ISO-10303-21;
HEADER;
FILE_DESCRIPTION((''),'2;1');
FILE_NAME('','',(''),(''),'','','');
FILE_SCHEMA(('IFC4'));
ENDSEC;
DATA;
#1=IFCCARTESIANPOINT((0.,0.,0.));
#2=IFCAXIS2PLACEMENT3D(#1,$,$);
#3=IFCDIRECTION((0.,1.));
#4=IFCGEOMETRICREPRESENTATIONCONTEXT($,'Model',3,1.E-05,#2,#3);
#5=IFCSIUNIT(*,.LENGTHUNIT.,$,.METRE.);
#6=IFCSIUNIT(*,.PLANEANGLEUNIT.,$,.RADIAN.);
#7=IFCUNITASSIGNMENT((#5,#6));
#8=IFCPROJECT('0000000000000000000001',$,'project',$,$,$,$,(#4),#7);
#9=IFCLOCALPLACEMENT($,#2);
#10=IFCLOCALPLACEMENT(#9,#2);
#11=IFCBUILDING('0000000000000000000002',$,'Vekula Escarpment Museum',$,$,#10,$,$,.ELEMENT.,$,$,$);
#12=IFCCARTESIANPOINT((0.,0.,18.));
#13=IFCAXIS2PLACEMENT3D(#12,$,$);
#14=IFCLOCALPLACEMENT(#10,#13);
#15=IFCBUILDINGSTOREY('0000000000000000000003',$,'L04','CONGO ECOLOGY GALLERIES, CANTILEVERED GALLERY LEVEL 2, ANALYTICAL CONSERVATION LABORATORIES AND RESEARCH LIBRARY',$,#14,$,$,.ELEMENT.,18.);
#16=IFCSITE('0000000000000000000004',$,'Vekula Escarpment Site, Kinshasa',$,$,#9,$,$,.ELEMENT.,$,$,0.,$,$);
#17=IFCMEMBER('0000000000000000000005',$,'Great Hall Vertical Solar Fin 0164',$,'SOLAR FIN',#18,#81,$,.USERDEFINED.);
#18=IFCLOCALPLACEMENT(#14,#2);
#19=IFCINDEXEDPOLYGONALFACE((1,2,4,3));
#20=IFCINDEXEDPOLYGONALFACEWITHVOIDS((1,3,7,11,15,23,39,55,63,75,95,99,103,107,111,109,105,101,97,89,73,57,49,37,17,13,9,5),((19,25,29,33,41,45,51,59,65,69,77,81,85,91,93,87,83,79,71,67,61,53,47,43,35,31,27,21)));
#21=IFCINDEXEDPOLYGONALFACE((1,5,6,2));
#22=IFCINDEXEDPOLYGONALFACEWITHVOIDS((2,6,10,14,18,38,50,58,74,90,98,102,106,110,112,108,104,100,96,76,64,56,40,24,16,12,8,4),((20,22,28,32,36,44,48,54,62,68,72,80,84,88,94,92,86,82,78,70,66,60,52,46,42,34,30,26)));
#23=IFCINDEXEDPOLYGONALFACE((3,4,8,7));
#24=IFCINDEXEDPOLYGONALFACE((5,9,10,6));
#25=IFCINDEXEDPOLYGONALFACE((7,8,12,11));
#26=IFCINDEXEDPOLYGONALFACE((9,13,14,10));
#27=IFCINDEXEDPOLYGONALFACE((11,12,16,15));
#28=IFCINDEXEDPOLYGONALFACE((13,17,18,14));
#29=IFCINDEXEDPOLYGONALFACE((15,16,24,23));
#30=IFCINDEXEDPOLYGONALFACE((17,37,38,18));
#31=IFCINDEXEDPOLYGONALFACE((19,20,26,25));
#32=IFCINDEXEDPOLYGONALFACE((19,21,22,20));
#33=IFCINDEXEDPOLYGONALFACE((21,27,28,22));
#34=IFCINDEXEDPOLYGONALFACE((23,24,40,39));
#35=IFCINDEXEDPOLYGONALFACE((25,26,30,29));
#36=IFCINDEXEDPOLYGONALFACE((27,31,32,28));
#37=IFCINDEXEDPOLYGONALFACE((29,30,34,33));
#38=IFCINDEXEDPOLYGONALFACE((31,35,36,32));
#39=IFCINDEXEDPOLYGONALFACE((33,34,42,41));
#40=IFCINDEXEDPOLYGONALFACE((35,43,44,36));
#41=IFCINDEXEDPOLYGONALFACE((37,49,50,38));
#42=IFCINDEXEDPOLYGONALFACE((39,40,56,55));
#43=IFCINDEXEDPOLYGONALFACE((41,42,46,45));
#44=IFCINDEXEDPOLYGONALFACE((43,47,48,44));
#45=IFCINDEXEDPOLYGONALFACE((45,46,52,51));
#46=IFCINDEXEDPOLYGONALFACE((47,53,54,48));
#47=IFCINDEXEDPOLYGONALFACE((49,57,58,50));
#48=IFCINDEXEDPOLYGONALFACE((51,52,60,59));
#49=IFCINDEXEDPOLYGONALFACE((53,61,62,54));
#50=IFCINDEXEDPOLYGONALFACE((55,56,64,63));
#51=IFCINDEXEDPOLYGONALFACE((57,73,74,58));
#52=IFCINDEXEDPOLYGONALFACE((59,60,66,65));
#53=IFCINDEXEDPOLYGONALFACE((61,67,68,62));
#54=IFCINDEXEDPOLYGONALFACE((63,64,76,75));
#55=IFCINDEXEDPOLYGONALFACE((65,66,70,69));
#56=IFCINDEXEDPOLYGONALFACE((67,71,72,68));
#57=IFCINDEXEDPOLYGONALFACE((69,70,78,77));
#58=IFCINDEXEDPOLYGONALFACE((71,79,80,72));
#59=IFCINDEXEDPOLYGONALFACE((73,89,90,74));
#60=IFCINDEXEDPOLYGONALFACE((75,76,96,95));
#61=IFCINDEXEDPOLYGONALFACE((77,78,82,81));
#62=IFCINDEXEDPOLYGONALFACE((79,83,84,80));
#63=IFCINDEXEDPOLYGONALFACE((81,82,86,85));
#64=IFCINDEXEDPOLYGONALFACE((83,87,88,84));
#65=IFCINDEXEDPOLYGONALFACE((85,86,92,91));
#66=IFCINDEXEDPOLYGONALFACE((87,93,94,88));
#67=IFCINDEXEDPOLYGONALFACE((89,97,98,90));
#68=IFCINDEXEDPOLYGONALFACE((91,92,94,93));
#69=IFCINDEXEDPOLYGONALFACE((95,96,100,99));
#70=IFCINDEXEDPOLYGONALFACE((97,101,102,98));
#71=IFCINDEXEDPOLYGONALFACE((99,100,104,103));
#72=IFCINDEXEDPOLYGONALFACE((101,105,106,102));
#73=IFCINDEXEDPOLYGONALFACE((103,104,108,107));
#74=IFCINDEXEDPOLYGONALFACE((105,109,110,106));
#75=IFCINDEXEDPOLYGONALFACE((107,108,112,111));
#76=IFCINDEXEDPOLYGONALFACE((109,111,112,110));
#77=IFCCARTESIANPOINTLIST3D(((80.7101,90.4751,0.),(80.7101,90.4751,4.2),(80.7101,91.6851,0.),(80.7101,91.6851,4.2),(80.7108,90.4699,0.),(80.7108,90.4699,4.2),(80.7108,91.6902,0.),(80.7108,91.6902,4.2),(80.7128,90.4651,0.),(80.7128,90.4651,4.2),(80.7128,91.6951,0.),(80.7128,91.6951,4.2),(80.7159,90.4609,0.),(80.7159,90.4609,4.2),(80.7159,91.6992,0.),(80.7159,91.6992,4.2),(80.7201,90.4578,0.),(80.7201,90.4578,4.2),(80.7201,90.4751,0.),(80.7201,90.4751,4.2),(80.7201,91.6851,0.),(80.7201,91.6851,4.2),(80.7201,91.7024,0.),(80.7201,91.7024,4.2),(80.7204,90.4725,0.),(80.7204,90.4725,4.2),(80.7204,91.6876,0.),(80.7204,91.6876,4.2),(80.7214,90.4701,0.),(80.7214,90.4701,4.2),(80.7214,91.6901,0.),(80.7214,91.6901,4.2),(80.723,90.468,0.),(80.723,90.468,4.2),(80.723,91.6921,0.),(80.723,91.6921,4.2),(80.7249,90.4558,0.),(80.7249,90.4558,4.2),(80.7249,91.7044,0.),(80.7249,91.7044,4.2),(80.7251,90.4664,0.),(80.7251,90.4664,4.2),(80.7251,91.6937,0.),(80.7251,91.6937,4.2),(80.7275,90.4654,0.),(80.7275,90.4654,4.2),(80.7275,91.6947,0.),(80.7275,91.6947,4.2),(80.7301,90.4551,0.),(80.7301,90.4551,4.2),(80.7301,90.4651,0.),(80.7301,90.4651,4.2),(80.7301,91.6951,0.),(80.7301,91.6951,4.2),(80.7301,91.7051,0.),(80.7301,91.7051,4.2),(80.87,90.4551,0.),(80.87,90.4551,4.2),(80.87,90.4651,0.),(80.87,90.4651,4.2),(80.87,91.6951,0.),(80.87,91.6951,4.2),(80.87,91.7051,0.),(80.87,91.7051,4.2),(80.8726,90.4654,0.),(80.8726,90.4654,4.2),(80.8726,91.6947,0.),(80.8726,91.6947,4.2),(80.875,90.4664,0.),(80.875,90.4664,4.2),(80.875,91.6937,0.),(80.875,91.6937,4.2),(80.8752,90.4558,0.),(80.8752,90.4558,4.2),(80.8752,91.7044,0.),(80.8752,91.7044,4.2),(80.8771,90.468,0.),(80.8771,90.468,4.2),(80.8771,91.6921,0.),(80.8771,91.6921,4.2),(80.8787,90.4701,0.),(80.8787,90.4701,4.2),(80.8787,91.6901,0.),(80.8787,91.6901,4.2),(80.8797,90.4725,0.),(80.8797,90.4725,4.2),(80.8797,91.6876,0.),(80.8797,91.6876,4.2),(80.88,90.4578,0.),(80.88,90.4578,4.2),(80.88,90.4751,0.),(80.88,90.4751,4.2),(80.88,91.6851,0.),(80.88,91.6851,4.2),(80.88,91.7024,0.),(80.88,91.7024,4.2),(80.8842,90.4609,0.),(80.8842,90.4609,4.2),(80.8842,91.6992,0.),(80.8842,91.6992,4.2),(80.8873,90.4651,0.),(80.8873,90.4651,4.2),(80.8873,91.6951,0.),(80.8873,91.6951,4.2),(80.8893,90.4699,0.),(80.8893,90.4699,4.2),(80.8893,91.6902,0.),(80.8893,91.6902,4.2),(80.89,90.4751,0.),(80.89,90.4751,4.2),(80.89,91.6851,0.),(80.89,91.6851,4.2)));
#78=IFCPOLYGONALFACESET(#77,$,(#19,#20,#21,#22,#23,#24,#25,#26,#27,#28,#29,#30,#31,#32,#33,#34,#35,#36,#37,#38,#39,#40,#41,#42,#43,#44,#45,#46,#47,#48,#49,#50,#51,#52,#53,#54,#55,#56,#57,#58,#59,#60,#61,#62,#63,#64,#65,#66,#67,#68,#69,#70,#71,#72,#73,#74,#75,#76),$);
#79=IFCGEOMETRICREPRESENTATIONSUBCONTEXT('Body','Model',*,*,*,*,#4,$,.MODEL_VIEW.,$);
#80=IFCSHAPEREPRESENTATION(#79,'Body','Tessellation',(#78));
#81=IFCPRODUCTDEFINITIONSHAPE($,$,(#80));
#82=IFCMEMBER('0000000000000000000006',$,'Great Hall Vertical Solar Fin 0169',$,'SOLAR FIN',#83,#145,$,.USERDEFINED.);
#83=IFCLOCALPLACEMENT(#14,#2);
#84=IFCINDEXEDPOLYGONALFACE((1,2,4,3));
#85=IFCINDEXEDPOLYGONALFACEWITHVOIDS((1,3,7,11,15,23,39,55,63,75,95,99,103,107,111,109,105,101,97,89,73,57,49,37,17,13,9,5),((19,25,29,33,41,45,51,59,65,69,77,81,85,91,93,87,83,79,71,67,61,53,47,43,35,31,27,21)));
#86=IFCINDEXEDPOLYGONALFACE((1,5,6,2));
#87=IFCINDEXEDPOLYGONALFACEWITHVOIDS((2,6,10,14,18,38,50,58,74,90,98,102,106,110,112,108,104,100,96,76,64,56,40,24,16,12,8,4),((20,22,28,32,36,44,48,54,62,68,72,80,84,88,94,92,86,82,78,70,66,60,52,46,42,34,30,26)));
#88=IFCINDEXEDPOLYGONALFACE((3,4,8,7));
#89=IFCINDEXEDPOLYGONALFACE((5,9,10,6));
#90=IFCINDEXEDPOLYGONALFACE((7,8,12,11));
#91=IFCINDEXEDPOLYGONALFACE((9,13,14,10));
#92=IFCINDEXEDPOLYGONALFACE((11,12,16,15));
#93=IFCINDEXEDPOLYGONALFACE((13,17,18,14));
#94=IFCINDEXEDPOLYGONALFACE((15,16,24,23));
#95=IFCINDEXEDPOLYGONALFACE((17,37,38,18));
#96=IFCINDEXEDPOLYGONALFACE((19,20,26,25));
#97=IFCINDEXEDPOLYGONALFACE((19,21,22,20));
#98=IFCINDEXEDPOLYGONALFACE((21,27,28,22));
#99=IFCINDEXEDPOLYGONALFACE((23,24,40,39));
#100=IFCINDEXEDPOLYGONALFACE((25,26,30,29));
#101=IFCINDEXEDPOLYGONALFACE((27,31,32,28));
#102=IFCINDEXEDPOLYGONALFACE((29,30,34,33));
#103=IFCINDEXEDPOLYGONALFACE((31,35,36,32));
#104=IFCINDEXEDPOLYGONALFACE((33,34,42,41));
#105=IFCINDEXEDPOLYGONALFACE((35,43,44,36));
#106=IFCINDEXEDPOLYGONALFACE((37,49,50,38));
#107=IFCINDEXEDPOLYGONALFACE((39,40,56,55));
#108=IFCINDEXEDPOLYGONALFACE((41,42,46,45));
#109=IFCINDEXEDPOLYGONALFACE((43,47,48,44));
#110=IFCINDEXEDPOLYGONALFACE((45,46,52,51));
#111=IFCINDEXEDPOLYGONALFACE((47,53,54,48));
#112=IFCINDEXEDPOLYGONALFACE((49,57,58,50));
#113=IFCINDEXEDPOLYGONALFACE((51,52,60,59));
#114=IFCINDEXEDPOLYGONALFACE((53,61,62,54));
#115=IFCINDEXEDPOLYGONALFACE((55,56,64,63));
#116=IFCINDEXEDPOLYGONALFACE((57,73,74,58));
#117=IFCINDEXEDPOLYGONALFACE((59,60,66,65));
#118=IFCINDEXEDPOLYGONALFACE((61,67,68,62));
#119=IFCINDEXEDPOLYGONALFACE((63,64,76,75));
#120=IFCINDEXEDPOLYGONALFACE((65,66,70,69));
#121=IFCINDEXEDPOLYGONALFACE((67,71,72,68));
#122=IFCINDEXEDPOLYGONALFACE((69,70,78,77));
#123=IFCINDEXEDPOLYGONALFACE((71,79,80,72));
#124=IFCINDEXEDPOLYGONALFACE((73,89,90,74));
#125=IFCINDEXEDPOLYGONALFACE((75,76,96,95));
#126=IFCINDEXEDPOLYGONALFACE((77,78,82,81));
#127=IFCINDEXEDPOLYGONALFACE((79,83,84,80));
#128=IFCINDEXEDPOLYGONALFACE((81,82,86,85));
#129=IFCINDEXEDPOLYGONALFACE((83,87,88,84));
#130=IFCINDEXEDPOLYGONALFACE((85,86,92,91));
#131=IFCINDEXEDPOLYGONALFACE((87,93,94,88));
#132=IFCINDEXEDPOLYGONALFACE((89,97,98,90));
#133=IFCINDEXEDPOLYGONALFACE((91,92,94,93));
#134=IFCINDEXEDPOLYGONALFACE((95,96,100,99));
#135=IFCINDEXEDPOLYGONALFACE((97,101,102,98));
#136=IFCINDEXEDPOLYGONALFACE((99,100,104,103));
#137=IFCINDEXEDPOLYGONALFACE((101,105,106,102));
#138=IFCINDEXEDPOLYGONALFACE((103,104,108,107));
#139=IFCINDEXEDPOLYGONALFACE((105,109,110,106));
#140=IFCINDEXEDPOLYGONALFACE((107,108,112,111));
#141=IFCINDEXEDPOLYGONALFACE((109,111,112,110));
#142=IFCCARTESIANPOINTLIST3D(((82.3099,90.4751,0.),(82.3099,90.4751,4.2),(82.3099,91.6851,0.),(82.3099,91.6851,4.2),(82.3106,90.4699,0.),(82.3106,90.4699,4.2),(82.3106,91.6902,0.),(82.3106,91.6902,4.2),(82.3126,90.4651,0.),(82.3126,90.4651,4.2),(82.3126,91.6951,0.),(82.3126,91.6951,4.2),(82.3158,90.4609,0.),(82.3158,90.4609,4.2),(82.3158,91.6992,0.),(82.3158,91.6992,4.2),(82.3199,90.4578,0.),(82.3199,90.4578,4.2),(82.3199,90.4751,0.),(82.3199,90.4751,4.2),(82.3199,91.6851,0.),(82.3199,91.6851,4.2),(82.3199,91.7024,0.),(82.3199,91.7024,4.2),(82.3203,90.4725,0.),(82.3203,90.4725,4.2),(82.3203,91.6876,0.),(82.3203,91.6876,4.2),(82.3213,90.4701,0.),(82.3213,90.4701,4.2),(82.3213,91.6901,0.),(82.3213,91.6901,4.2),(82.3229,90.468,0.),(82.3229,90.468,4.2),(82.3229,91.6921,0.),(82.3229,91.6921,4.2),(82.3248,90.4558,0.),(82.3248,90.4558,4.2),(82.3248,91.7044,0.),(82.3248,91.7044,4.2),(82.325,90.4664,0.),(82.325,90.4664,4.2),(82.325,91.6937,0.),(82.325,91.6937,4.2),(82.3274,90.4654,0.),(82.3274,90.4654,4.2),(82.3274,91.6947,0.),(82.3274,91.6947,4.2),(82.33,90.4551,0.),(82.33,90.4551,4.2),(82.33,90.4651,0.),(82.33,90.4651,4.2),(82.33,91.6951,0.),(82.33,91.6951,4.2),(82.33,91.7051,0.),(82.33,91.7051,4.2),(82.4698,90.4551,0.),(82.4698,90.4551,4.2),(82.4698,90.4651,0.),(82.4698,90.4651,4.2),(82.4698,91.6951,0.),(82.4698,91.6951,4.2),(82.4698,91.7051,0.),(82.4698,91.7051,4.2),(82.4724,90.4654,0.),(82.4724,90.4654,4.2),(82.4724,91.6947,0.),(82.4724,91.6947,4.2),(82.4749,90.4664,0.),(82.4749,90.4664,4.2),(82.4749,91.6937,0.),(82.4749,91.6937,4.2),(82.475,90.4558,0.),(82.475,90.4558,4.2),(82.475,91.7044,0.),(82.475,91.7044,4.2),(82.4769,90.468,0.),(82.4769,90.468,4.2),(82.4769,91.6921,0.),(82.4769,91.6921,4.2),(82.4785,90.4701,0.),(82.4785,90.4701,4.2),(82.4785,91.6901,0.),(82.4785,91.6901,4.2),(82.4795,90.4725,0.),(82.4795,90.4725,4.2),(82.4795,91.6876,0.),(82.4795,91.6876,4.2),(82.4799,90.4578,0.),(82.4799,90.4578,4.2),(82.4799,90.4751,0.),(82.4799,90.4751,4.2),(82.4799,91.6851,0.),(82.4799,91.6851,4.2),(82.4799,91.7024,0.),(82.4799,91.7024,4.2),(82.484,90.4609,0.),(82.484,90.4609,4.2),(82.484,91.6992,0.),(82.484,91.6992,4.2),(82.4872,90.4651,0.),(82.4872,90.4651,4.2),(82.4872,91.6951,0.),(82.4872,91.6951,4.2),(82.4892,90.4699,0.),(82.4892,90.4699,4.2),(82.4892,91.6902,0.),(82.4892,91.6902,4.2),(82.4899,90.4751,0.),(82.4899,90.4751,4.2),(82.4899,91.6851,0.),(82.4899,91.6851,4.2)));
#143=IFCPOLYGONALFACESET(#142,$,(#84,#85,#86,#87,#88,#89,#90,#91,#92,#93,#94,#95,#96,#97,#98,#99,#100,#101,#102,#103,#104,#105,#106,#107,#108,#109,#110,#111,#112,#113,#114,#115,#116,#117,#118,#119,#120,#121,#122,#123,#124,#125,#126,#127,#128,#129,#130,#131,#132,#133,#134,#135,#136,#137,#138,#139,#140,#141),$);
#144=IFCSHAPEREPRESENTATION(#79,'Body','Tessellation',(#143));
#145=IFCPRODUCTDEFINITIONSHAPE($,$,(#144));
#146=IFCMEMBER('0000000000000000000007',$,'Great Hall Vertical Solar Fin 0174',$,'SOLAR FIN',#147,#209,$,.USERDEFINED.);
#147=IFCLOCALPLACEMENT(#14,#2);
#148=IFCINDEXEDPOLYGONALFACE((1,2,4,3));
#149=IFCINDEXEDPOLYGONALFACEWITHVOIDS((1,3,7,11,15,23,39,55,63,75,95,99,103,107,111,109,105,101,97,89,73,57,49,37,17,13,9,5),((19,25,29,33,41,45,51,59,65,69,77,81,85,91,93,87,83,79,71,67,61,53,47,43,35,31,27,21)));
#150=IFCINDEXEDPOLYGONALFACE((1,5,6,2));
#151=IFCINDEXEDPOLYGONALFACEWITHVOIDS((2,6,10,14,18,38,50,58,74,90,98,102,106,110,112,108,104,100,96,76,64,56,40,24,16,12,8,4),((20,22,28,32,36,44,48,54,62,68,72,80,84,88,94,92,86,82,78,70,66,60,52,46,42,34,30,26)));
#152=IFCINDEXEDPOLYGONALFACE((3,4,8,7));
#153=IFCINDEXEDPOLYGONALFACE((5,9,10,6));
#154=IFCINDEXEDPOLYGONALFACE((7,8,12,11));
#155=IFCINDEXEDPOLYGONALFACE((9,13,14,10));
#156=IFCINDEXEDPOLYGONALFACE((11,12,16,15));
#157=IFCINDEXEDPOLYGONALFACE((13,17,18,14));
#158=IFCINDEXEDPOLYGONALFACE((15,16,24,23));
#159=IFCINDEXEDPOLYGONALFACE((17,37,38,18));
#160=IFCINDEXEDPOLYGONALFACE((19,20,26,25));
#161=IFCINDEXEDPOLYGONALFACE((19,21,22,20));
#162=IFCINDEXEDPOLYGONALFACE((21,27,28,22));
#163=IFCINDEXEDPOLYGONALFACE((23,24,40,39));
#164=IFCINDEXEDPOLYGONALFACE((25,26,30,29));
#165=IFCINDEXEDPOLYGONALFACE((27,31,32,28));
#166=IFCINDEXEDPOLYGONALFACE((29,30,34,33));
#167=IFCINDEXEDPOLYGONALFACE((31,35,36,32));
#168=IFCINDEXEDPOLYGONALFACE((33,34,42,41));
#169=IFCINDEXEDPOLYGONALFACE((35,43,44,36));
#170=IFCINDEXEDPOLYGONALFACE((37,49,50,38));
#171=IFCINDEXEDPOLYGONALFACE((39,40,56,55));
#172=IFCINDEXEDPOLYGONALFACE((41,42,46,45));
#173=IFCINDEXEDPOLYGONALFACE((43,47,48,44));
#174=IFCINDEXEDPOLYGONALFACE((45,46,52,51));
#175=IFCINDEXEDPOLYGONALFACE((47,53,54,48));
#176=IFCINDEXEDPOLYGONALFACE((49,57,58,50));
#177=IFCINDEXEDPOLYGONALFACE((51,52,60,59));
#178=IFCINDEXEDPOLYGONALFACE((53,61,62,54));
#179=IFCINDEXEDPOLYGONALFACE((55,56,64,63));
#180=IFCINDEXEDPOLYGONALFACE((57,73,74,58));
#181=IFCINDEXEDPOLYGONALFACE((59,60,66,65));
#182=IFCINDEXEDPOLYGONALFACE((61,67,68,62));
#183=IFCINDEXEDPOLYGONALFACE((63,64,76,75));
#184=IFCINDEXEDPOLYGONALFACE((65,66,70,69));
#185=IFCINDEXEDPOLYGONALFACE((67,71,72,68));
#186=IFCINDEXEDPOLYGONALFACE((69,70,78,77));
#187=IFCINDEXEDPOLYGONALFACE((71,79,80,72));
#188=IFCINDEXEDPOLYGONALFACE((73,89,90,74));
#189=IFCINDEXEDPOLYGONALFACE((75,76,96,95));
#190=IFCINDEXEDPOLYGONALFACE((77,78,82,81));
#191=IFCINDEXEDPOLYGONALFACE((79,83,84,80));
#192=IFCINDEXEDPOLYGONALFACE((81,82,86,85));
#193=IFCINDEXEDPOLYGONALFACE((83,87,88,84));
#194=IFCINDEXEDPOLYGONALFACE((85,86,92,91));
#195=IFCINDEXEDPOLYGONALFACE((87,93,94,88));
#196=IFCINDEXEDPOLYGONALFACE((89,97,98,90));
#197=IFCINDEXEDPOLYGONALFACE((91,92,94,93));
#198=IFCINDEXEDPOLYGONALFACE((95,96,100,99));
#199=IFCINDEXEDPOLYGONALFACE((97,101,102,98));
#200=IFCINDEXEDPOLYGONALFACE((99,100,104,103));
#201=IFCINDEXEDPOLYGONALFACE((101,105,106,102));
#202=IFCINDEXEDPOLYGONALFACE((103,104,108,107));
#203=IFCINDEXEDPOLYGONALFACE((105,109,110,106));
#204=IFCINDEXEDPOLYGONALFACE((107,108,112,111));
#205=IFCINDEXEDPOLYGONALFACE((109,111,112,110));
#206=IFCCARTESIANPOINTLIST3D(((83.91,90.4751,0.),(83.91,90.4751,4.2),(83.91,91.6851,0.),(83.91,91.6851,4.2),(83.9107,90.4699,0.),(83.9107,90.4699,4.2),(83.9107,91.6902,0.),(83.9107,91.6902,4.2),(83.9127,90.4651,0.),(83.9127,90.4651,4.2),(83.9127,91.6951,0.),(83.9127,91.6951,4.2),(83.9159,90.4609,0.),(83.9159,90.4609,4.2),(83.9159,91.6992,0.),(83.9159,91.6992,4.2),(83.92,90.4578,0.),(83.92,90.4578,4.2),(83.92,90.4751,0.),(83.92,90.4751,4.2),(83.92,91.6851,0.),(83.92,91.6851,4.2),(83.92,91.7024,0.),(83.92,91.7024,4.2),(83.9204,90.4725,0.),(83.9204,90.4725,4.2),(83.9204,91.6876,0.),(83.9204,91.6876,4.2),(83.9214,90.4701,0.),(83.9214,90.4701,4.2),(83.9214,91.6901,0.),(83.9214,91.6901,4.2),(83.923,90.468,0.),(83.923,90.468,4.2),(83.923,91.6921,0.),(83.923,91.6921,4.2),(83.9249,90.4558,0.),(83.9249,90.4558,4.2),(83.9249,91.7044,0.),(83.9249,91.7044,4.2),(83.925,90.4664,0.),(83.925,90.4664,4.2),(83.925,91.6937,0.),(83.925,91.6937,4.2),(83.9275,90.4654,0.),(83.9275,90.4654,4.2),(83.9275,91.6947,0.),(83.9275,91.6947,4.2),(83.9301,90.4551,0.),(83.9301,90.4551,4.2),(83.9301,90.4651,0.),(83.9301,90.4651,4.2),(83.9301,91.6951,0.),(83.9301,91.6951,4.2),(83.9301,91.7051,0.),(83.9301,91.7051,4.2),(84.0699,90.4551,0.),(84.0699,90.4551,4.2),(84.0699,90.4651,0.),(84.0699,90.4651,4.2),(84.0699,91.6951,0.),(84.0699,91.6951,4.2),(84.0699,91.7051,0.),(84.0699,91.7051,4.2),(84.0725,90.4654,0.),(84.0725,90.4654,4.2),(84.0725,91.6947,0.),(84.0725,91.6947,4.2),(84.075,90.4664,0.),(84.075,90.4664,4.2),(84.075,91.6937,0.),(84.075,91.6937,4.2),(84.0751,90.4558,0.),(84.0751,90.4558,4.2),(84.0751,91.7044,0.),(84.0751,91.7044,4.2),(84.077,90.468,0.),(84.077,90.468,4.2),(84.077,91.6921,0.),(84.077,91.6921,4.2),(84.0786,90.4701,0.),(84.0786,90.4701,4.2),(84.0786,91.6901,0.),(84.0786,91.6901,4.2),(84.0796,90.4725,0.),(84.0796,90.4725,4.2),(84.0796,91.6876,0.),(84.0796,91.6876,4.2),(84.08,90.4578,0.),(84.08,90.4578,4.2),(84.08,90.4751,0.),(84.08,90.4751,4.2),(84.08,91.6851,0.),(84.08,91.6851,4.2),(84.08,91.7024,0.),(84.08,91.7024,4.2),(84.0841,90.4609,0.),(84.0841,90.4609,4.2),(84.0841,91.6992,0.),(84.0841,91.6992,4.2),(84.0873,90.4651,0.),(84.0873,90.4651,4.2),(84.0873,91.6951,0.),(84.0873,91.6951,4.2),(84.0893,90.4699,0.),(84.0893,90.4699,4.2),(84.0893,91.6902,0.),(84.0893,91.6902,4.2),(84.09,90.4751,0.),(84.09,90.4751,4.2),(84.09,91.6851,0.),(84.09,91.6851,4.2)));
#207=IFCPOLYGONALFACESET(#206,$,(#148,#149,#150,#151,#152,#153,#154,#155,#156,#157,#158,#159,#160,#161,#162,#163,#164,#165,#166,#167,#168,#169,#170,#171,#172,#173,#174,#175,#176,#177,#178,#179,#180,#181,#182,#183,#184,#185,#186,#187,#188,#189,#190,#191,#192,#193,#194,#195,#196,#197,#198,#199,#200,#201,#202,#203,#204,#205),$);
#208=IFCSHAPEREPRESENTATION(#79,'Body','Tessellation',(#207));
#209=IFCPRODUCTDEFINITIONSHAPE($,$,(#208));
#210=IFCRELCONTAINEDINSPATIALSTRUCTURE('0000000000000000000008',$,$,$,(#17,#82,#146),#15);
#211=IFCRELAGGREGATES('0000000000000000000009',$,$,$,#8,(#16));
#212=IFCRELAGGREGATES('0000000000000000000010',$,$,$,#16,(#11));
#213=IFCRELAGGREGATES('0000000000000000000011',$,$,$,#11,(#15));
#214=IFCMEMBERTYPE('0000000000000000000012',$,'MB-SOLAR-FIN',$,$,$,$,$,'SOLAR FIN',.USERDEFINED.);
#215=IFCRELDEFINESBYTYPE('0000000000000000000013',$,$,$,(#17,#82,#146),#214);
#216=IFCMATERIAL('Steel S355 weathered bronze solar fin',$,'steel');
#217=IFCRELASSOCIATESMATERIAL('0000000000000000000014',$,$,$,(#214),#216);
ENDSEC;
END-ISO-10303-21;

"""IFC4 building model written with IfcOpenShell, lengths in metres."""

from ifc_helpers import new_model, si_unit, direction, frame, origin, origin_2d, place, context, subcontext, project, spatial, hollow_rectangle, extrude, material, material_profile, profile_set, type_object, element, save


model = new_model("IFC4")

# Units and contexts
model_context = context("Model", 3, precision=1e-05, world=origin(), true_north=direction((0.0, 1.0)))
body_context = subcontext(model_context, "Body", "Model", "MODEL_VIEW")
ifc_project = project(units=[si_unit("LENGTHUNIT", "METRE"), si_unit("PLANEANGLEUNIT", "RADIAN")], contexts=[model_context])

# Site, building, storey
site_placement = place(None, origin())
site = spatial("IfcSite", under=ifc_project, at=site_placement, Name="Vekula Escarpment Site, Kinshasa", CompositionType="ELEMENT", RefElevation=0.0)
building_placement = place(site_placement, origin())
building = spatial("IfcBuilding", under=site, at=building_placement, Name="Vekula Escarpment Museum", CompositionType="ELEMENT")
storey_placement = place(building_placement, frame((0.0, 0.0, 18.0)))
storey = spatial("IfcBuildingStorey", under=building, at=storey_placement, Name="L04", Description="CONGO ECOLOGY GALLERIES, CANTILEVERED GALLERY LEVEL 2, ANALYTICAL CONSERVATION LABORATORIES AND RESEARCH LIBRARY", CompositionType="ELEMENT", Elevation=18.0)

# Members
ifc_material_1 = material(Name="Steel S355 weathered bronze solar fin", Category="steel")
ifc_material_profile_1 = material_profile(ifc_material_1, hollow_rectangle(XDim=0.1799, YDim=1.25, WallThickness=0.01, InnerFilletRadius=0.01, OuterFilletRadius=0.02, at=origin_2d()), Name="RHS 1250x180x10")
ifc_profile_set_1 = profile_set([ifc_material_profile_1], Name="Steel S355 weathered bronze solar fin")
member_type_1 = type_object("IfcMemberType", Name="MB-SOLAR-FIN", ElementType="SOLAR FIN", PredefinedType="USERDEFINED", material=ifc_profile_set_1)
for number, where, z_axis, x_axis, name in (
    (1, (80.8, 91.0801, 0.0), (0.0, 0.0, 1.0), (1.0, 0.0, 0.0), "Great Hall Vertical Solar Fin 0164"),
    (2, (82.3999, 91.0801, 0.0), (0.0, 0.0, 1.0), (1.0, 0.0, 0.0), "Great Hall Vertical Solar Fin 0169"),
    (3, (84.0, 91.0801, 0.0), (0.0, 0.0, 1.0), (1.0, 0.0, 0.0), "Great Hall Vertical Solar Fin 0174"),
):
    element("IfcMember", number, at=place(storey_placement, frame(where, z_axis=z_axis, x_axis=x_axis)), inside=storey, type_object=member_type_1, Name=name, ObjectType="SOLAR FIN", PredefinedType="USERDEFINED", context=body_context, shape_type="SweptSolid", body=[
        extrude(hollow_rectangle(XDim=0.1799, YDim=1.25, WallThickness=0.01, InnerFilletRadius=0.01, OuterFilletRadius=0.02, at=origin_2d()), origin(), (0.0, 0.0, 1.0), 4.2),
    ])

save(model, "model.ifc")
